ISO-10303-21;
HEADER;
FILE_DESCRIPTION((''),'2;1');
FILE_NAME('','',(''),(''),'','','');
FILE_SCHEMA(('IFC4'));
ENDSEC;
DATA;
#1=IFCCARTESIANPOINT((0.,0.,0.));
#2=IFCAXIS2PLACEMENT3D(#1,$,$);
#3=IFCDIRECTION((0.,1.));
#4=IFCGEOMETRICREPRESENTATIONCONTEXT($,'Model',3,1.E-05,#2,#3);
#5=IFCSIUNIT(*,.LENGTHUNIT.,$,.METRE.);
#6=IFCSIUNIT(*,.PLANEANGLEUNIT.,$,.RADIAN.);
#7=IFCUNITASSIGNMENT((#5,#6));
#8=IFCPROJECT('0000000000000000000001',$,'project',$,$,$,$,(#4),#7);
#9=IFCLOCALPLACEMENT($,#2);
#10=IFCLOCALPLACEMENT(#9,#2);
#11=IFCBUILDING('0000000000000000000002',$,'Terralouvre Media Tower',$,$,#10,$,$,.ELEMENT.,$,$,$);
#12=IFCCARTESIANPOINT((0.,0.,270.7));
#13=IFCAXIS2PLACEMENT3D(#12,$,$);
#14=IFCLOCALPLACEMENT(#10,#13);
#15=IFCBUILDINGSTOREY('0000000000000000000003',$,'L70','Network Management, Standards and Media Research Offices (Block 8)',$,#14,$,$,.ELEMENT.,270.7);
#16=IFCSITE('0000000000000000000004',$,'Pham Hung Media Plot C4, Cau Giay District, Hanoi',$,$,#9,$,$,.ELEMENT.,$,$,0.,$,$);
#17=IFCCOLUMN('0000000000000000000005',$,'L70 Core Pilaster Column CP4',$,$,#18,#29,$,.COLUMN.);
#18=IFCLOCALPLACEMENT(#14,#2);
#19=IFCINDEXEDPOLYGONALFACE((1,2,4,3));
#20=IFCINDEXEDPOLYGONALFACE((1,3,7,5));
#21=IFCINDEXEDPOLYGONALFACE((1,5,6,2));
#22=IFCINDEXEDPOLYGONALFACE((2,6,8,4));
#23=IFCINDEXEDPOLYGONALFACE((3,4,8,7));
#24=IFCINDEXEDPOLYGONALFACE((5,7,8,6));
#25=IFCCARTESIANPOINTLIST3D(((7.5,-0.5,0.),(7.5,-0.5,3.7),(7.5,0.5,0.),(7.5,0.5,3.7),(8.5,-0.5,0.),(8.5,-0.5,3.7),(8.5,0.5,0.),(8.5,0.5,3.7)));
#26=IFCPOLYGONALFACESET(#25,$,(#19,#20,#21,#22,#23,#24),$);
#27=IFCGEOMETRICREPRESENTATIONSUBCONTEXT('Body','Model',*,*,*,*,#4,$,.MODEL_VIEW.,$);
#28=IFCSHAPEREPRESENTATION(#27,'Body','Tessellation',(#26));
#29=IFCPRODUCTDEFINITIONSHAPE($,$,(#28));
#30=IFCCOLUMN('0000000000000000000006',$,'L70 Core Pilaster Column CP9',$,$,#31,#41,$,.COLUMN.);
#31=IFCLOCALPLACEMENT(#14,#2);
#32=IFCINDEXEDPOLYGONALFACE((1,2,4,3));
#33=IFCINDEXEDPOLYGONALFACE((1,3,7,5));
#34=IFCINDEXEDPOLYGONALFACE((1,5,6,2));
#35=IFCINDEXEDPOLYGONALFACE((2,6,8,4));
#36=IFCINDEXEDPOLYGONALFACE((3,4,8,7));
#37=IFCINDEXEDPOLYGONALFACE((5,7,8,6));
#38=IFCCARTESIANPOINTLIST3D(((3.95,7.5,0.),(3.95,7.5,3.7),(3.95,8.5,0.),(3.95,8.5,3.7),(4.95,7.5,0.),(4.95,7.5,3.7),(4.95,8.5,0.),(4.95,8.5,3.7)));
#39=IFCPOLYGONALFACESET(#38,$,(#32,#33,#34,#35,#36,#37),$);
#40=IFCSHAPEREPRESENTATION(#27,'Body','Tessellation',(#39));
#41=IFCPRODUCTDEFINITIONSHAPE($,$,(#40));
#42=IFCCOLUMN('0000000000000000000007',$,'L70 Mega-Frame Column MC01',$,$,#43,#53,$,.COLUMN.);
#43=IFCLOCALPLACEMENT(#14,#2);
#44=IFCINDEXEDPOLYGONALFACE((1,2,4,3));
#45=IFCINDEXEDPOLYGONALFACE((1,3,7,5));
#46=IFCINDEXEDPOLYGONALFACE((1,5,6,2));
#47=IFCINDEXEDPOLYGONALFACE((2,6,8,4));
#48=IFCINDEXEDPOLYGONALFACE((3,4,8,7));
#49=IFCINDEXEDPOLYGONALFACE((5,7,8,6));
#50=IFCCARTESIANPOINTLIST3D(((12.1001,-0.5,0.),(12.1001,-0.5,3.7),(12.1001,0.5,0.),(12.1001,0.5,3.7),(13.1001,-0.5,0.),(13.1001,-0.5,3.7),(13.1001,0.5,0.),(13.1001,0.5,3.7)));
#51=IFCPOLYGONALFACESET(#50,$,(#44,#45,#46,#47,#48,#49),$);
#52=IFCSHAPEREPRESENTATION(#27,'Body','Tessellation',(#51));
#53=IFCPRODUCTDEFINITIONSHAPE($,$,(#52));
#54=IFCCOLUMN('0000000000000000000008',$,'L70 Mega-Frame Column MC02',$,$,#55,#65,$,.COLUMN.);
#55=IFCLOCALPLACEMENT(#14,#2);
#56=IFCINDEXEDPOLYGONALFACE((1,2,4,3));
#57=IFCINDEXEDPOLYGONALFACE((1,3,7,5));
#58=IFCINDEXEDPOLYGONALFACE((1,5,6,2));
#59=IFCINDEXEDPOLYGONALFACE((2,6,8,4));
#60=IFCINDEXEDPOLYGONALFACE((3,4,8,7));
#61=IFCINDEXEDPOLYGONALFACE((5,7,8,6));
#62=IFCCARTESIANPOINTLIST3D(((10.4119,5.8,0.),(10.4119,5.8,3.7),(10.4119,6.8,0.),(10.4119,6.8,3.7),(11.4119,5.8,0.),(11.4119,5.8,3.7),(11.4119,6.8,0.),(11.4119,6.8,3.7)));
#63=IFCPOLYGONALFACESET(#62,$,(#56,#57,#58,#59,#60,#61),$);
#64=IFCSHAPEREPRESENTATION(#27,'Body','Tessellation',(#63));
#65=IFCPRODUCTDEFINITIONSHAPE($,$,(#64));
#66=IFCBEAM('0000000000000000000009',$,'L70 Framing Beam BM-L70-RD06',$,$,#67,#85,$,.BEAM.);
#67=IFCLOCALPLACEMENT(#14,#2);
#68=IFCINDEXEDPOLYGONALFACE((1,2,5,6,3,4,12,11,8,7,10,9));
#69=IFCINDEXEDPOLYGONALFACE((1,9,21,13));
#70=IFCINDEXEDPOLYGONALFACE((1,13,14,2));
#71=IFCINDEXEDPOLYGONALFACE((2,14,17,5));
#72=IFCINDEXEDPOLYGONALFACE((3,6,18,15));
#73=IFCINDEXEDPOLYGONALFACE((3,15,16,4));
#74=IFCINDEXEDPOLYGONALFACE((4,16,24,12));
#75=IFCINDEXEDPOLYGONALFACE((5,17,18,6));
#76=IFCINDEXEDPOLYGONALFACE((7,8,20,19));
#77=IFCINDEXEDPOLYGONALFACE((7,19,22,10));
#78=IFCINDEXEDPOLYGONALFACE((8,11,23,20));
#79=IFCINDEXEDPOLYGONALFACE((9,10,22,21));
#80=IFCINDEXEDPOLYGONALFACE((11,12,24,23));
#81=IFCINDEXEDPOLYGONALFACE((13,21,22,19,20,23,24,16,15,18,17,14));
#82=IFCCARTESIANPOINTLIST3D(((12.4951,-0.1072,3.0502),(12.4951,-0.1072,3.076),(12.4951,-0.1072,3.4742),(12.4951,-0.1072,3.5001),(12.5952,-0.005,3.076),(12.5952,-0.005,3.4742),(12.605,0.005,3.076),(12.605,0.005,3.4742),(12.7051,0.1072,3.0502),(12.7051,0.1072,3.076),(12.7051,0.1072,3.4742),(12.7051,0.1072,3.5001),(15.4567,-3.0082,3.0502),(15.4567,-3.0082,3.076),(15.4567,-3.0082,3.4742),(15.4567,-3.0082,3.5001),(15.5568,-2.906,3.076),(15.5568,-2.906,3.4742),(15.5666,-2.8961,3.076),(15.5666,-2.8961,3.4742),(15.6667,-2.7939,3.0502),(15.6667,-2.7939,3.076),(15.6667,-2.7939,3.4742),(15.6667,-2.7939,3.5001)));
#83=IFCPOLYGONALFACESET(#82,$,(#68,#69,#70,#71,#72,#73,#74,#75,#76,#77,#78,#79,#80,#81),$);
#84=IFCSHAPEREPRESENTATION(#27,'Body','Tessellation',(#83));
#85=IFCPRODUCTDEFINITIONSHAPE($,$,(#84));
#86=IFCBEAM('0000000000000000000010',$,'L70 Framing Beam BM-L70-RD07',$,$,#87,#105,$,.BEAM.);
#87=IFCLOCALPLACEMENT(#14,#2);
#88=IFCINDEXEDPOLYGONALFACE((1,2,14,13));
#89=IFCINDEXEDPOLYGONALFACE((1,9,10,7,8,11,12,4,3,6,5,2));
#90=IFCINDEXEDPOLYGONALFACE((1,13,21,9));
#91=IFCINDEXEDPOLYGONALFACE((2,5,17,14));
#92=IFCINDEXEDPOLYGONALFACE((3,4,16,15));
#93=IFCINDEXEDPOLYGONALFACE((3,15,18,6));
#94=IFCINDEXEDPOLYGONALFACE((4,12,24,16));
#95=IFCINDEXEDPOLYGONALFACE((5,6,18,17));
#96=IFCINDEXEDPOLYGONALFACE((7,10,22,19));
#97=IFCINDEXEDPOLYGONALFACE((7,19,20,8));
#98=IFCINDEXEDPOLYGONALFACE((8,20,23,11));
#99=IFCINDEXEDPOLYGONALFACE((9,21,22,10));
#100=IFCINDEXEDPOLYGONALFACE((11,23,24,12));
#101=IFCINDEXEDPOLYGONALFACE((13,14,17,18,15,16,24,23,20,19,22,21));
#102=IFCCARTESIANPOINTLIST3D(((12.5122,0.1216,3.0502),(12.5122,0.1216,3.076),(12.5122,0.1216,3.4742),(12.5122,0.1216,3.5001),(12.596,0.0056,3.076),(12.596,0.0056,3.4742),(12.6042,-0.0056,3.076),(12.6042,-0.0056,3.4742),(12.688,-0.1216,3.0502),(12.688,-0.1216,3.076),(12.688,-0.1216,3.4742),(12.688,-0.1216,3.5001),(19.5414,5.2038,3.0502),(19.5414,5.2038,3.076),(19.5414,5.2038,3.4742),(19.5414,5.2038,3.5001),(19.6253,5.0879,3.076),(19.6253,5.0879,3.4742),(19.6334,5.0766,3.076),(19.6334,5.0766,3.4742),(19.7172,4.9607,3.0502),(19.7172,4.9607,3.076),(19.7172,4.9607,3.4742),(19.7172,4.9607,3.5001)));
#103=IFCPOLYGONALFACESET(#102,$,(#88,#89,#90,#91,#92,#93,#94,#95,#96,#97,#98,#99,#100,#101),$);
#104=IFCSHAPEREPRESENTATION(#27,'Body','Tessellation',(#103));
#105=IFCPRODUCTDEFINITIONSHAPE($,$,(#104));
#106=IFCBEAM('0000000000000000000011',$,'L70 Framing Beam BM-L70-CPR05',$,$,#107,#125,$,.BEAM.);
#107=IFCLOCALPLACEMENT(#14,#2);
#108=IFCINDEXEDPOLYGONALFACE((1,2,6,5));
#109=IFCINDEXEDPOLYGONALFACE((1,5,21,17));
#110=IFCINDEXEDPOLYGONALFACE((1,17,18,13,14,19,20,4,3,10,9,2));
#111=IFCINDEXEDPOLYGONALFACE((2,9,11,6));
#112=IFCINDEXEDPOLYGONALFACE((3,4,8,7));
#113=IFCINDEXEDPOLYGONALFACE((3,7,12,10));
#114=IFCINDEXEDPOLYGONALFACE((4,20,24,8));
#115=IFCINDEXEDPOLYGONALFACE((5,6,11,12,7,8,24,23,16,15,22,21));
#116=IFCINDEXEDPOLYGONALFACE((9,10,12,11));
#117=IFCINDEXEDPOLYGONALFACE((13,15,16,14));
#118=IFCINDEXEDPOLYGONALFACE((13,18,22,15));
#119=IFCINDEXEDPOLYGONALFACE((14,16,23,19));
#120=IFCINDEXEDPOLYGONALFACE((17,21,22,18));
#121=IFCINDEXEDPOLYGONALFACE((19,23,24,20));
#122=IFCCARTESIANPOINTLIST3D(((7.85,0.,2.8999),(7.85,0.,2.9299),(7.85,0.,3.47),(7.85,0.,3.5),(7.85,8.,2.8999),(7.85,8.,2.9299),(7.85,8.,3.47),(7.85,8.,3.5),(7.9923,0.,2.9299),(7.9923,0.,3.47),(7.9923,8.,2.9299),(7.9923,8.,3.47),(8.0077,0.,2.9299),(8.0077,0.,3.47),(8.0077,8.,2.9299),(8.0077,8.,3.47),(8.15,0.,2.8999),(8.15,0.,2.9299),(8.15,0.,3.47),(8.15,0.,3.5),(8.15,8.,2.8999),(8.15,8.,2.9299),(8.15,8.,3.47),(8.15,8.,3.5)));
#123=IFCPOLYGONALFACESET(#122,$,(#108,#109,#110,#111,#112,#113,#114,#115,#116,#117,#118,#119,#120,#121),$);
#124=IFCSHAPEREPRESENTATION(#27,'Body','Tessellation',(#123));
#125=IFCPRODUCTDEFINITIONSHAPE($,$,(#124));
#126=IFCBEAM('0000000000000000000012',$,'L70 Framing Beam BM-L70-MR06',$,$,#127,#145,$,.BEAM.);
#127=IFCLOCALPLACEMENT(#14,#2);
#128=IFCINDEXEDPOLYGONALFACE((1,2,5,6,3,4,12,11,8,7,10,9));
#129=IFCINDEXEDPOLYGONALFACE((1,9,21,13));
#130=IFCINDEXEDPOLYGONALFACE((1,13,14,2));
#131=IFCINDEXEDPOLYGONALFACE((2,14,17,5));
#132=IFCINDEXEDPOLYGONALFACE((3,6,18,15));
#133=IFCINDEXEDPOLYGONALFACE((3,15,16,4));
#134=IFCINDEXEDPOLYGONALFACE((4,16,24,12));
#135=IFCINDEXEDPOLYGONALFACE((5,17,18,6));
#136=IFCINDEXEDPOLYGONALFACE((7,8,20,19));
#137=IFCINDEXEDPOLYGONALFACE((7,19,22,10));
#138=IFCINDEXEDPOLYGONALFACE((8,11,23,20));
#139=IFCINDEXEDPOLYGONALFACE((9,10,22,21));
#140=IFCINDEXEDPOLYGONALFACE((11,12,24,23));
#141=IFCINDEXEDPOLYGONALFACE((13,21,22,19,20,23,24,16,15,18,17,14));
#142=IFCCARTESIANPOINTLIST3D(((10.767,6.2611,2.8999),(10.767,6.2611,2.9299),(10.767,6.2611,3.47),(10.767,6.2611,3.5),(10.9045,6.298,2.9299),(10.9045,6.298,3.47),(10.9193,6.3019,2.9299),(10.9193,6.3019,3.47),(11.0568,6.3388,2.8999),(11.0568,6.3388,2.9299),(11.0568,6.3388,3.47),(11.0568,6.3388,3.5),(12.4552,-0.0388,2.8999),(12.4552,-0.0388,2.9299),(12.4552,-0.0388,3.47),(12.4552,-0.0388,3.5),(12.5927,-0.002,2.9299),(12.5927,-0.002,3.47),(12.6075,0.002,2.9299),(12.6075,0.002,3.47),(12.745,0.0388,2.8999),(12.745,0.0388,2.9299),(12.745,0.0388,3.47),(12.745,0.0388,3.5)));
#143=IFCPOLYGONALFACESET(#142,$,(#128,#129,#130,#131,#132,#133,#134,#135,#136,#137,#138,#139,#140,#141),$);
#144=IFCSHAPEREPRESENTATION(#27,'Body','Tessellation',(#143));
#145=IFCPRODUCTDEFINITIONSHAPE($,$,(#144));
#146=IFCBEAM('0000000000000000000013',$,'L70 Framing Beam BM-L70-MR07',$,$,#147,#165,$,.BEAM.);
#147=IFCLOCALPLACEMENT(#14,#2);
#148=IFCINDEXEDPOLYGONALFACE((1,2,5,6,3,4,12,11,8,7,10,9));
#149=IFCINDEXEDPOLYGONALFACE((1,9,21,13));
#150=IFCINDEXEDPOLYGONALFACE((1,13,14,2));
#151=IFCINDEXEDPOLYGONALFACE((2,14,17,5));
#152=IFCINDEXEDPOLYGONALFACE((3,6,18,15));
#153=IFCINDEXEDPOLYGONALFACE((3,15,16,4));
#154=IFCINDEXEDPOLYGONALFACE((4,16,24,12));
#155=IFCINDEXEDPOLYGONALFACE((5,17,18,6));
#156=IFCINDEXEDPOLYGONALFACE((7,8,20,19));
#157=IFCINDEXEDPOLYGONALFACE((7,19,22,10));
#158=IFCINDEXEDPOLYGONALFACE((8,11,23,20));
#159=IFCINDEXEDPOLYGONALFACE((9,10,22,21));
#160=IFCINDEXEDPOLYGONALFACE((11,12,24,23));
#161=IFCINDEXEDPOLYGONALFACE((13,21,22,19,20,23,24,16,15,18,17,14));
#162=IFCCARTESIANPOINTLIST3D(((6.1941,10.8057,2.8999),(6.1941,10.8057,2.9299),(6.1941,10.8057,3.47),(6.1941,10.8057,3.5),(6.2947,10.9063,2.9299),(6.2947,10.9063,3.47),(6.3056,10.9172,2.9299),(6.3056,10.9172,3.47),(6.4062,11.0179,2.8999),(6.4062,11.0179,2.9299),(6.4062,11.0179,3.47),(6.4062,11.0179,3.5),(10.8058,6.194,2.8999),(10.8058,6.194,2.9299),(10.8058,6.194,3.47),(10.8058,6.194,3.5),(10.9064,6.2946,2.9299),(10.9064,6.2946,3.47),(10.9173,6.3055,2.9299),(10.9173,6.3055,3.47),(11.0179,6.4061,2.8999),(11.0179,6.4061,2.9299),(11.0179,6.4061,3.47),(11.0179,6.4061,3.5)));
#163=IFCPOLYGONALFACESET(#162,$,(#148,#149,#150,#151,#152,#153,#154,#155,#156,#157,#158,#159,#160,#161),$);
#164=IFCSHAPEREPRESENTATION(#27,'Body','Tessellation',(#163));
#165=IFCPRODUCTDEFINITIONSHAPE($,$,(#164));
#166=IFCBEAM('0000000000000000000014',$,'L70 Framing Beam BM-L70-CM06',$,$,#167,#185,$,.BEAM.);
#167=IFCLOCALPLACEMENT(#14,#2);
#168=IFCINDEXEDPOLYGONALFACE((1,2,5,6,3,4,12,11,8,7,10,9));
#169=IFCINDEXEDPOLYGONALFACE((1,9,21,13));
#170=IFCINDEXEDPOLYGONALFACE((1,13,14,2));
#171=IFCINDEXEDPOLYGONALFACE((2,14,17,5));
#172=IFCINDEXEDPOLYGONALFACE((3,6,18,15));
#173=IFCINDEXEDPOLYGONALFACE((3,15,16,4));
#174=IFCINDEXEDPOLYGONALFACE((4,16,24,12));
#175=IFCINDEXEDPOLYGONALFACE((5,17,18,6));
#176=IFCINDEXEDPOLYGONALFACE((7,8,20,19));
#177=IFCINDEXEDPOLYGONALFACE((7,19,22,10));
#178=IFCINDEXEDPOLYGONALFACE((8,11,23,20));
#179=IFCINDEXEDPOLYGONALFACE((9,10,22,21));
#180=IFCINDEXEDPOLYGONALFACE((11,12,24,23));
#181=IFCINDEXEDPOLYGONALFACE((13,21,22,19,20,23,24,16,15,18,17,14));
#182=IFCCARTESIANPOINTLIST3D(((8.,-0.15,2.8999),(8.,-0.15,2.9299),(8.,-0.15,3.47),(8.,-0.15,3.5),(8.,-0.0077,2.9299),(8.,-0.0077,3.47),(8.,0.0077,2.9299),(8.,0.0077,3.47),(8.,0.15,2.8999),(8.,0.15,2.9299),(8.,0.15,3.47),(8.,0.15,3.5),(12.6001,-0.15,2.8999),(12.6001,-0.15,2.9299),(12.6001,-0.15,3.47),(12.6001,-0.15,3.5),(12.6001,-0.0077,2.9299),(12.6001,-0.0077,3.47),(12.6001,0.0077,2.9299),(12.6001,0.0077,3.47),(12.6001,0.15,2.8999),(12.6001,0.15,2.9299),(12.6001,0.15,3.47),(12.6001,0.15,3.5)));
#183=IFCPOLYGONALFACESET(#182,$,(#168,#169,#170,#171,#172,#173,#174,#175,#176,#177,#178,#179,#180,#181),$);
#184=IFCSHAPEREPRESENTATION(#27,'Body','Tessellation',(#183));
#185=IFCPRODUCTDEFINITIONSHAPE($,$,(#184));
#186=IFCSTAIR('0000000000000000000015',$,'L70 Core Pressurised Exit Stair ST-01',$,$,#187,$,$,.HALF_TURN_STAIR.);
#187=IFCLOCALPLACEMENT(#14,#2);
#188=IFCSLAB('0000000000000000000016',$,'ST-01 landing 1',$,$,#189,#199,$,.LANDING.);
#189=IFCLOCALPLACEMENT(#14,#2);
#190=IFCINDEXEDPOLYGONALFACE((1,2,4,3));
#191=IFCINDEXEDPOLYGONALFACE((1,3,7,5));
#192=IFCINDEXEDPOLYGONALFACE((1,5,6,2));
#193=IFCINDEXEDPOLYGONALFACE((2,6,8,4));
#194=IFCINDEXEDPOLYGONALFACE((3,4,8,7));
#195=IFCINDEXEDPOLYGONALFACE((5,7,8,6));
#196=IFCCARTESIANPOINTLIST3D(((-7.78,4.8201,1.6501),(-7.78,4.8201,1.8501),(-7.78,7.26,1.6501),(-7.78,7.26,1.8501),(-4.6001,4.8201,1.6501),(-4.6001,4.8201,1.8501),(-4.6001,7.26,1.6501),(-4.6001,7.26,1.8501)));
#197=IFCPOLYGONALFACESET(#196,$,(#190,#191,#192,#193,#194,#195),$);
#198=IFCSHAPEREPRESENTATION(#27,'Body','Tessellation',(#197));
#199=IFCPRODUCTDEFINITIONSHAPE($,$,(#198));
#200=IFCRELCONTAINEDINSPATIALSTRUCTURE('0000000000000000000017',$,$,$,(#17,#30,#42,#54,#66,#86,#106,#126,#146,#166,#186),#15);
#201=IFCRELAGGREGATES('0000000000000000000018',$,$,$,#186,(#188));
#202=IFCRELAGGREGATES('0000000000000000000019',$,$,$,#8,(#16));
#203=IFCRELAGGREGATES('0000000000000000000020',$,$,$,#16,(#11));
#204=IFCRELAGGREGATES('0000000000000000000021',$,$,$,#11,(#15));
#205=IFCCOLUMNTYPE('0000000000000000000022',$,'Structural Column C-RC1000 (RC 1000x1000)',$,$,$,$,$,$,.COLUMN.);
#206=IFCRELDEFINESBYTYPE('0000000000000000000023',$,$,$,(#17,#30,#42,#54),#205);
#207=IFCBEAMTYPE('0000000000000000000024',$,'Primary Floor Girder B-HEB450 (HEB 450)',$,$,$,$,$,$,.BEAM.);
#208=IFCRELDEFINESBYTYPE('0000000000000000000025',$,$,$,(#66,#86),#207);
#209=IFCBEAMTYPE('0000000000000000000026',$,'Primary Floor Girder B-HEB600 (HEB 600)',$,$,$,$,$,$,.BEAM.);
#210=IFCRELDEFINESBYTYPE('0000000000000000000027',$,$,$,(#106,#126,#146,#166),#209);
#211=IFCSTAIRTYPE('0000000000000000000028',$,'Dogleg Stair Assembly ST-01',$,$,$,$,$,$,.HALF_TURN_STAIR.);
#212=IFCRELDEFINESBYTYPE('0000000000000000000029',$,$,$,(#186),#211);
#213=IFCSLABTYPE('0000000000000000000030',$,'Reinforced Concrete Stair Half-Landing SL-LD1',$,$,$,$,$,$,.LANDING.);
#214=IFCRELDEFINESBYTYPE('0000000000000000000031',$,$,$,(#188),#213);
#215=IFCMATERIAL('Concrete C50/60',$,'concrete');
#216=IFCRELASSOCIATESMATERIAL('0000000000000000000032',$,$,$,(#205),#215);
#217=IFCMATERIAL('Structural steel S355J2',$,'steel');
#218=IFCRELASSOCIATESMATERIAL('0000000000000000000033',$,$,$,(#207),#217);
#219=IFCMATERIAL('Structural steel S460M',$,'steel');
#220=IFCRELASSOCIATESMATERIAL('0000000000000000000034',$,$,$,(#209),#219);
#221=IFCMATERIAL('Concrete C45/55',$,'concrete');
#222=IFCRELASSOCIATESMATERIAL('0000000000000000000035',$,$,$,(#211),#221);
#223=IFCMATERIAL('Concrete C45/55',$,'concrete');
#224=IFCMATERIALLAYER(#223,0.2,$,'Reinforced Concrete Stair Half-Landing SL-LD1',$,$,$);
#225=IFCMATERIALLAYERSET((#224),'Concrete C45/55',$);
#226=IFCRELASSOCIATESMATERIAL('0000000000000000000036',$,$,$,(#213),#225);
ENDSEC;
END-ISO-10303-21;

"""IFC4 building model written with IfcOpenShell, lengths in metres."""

from ifc_helpers import new_model, si_unit, direction, frame, origin, origin_2d, place, context, subcontext, project, spatial, polyline, rectangle, i_section, outline, extrude, material, layer, layer_set, material_profile, profile_set, type_object, element, aggregate, save


model = new_model("IFC4")

# Units and contexts
model_context = context("Model", 3, precision=1e-05, world=origin(), true_north=direction((0.0, 1.0)))
body_context = subcontext(model_context, "Body", "Model", "MODEL_VIEW")
ifc_project = project(units=[si_unit("LENGTHUNIT", "METRE"), si_unit("PLANEANGLEUNIT", "RADIAN")], contexts=[model_context])

# Site, building, storey
site_placement = place(None, origin())
site = spatial("IfcSite", under=ifc_project, at=site_placement, Name="Pham Hung Media Plot C4, Cau Giay District, Hanoi", CompositionType="ELEMENT", RefElevation=0.0)
building_placement = place(site_placement, origin())
building = spatial("IfcBuilding", under=site, at=building_placement, Name="Terralouvre Media Tower", CompositionType="ELEMENT")
storey_placement = place(building_placement, frame((0.0, 0.0, 270.7)))
storey = spatial("IfcBuildingStorey", under=building, at=storey_placement, Name="L70", Description="Network Management, Standards and Media Research Offices (Block 8)", CompositionType="ELEMENT", Elevation=270.7)

# Columns
ifc_material_1 = material(Name="Concrete C50/60", Category="concrete")
ifc_material_profile_1 = material_profile(ifc_material_1, rectangle(XDim=1.0, YDim=1.0, at=origin_2d()), Name="RC 1000x1000")
ifc_profile_set_1 = profile_set([ifc_material_profile_1], Name="Concrete C50/60")
column_type = type_object("IfcColumnType", Name="Structural Column C-RC1000 (RC 1000x1000)", PredefinedType="COLUMN", material=ifc_profile_set_1)
for number, where, z_axis, x_axis, name in (
    (1, (8.0, 0.0, 0.0), (0.0, 0.0, 1.0), (1.0, 0.0, 0.0), "L70 Core Pilaster Column CP4"),
    (2, (4.45, 8.0, 0.0), (0.0, 0.0, 1.0), (1.0, 0.0, 0.0), "L70 Core Pilaster Column CP9"),
    (3, (12.6001, 0.0, 0.0), (0.0, 0.0, 1.0), (1.0, 0.0, 0.0), "L70 Mega-Frame Column MC01"),
    (4, (10.9119, 6.3, 0.0), (0.0, 0.0, 1.0), (1.0, 0.0, 0.0), "L70 Mega-Frame Column MC02"),
):
    element("IfcColumn", number, at=place(storey_placement, frame(where, z_axis=z_axis, x_axis=x_axis)), inside=storey, type_object=column_type, Name=name, PredefinedType="COLUMN", context=body_context, shape_type="SweptSolid", body=[
        extrude(rectangle(XDim=1.0, YDim=1.0, at=origin_2d()), origin(), (0.0, 0.0, 1.0), 3.7),
    ])

# Beams
ifc_material_2 = material(Name="Structural steel S355J2", Category="steel")
ifc_material_profile_2 = material_profile(ifc_material_2, i_section(OverallWidth=0.3, OverallDepth=0.45, WebThickness=0.0139, FlangeThickness=0.0259, at=origin_2d()), Name="HEB 450")
ifc_profile_set_2 = profile_set([ifc_material_profile_2], Name="Structural steel S355J2")
beam_type_1 = type_object("IfcBeamType", Name="Primary Floor Girder B-HEB450 (HEB 450)", PredefinedType="BEAM", material=ifc_profile_set_2)
beam_1_placement = place(storey_placement, frame((12.6001, 0.0, 3.2751), z_axis=(0.714371, -0.699767, 0.0), x_axis=(0.699767, 0.714371, 0.0)))
element("IfcBeam", 5, at=beam_1_placement, inside=storey, type_object=beam_type_1, Name="L70 Framing Beam BM-L70-RD06", PredefinedType="BEAM", context=body_context, shape_type="SweptSolid", body=[
    extrude(i_section(OverallWidth=0.3, OverallDepth=0.45, WebThickness=0.0139, FlangeThickness=0.0259, at=origin_2d()), origin(), (0.0, 0.0, 1.0), 4.1458),
])
beam_2_placement = place(storey_placement, frame((12.6001, 0.0, 3.2751), z_axis=(0.810375, 0.585912, 0.0), x_axis=(-0.585912, 0.810375, 0.0)))
element("IfcBeam", 6, at=beam_2_placement, inside=storey, type_object=beam_type_1, Name="L70 Framing Beam BM-L70-RD07", PredefinedType="BEAM", context=body_context, shape_type="SweptSolid", body=[
    extrude(i_section(OverallWidth=0.3, OverallDepth=0.45, WebThickness=0.0139, FlangeThickness=0.0259, at=origin_2d()), origin(), (0.0, 0.0, 1.0), 8.6741),
])
ifc_material_3 = material(Name="Structural steel S460M", Category="steel")
ifc_material_profile_3 = material_profile(ifc_material_3, i_section(OverallWidth=0.3, OverallDepth=0.6001, WebThickness=0.0154, FlangeThickness=0.03, at=origin_2d()), Name="HEB 600")
ifc_profile_set_3 = profile_set([ifc_material_profile_3], Name="Structural steel S460M")
beam_type_2 = type_object("IfcBeamType", Name="Primary Floor Girder B-HEB600 (HEB 600)", PredefinedType="BEAM", material=ifc_profile_set_3)
beam_3_placement = place(storey_placement, frame((8.0, 0.0, 3.2), z_axis=(0.0, 1.0, 0.0), x_axis=(-1.0, 0.0, 0.0)))
element("IfcBeam", 7, at=beam_3_placement, inside=storey, type_object=beam_type_2, Name="L70 Framing Beam BM-L70-CPR05", PredefinedType="BEAM", context=body_context, shape_type="SweptSolid", body=[
    extrude(i_section(OverallWidth=0.3, OverallDepth=0.6001, WebThickness=0.0154, FlangeThickness=0.03, at=origin_2d()), origin(), (0.0, 0.0, 1.0), 8.0),
])
beam_4_placement = place(storey_placement, frame((12.6001, 0.0, 3.2), z_axis=(-0.258839, 0.96592, 0.0), x_axis=(-0.96592, -0.258839, 0.0)))
element("IfcBeam", 8, at=beam_4_placement, inside=storey, type_object=beam_type_2, Name="L70 Framing Beam BM-L70-MR06", PredefinedType="BEAM", context=body_context, shape_type="SweptSolid", body=[
    extrude(i_section(OverallWidth=0.3, OverallDepth=0.6001, WebThickness=0.0154, FlangeThickness=0.03, at=origin_2d()), origin(), (0.0, 0.0, 1.0), 6.5222),
])
beam_5_placement = place(storey_placement, frame((10.9119, 6.3, 3.2), z_axis=(-0.707107, 0.707107, 0.0), x_axis=(-0.707107, -0.707107, 0.0)))
element("IfcBeam", 9, at=beam_5_placement, inside=storey, type_object=beam_type_2, Name="L70 Framing Beam BM-L70-MR07", PredefinedType="BEAM", context=body_context, shape_type="SweptSolid", body=[
    extrude(i_section(OverallWidth=0.3, OverallDepth=0.6001, WebThickness=0.0154, FlangeThickness=0.03, at=origin_2d()), origin(), (0.0, 0.0, 1.0), 6.522),
])
beam_6_placement = place(storey_placement, frame((8.0, 0.0, 3.2), z_axis=(1.0, 0.0, 0.0), x_axis=(0.0, 1.0, 0.0)))
element("IfcBeam", 10, at=beam_6_placement, inside=storey, type_object=beam_type_2, Name="L70 Framing Beam BM-L70-CM06", PredefinedType="BEAM", context=body_context, shape_type="SweptSolid", body=[
    extrude(i_section(OverallWidth=0.3, OverallDepth=0.6001, WebThickness=0.0154, FlangeThickness=0.03, at=origin_2d()), origin(), (0.0, 0.0, 1.0), 4.6001),
])

# Stair, slab
ifc_material_4 = material(Name="Concrete C45/55", Category="concrete")
stair_type_1 = type_object("IfcStairType", Name="Dogleg Stair Assembly ST-01", PredefinedType="HALF_TURN_STAIR", material=ifc_material_4)
stair_1_placement = place(storey_placement, origin())
stair_1 = element("IfcStair", 11, at=stair_1_placement, inside=storey, type_object=stair_type_1, Name="L70 Core Pressurised Exit Stair ST-01", PredefinedType="HALF_TURN_STAIR")
ifc_material_5 = material(Name="Concrete C45/55", Category="concrete")
ifc_layer_1 = layer(ifc_material_5, 0.2, Name="Reinforced Concrete Stair Half-Landing SL-LD1")
ifc_layer_set_1 = layer_set([ifc_layer_1], Name="Concrete C45/55")
slab_type = type_object("IfcSlabType", Name="Reinforced Concrete Stair Half-Landing SL-LD1", PredefinedType="LANDING", material=ifc_layer_set_1)
slab_1_placement = place(storey_placement, frame((0.0, 0.0, 1.6501)))
slab_1 = element("IfcSlab", 12, at=slab_1_placement, type_object=slab_type, Name="ST-01 landing 1", PredefinedType="LANDING", context=body_context, shape_type="SweptSolid", body=[
    extrude(outline(polyline([(-4.6001, 4.8201), (-4.6001, 7.26), (-7.78, 7.26), (-7.78, 4.8201), (-4.6001, 4.8201)])), origin(), (0.0, 0.0, 1.0), 0.2),
])
aggregate(stair_1, [slab_1])

save(model, "model.ifc")
